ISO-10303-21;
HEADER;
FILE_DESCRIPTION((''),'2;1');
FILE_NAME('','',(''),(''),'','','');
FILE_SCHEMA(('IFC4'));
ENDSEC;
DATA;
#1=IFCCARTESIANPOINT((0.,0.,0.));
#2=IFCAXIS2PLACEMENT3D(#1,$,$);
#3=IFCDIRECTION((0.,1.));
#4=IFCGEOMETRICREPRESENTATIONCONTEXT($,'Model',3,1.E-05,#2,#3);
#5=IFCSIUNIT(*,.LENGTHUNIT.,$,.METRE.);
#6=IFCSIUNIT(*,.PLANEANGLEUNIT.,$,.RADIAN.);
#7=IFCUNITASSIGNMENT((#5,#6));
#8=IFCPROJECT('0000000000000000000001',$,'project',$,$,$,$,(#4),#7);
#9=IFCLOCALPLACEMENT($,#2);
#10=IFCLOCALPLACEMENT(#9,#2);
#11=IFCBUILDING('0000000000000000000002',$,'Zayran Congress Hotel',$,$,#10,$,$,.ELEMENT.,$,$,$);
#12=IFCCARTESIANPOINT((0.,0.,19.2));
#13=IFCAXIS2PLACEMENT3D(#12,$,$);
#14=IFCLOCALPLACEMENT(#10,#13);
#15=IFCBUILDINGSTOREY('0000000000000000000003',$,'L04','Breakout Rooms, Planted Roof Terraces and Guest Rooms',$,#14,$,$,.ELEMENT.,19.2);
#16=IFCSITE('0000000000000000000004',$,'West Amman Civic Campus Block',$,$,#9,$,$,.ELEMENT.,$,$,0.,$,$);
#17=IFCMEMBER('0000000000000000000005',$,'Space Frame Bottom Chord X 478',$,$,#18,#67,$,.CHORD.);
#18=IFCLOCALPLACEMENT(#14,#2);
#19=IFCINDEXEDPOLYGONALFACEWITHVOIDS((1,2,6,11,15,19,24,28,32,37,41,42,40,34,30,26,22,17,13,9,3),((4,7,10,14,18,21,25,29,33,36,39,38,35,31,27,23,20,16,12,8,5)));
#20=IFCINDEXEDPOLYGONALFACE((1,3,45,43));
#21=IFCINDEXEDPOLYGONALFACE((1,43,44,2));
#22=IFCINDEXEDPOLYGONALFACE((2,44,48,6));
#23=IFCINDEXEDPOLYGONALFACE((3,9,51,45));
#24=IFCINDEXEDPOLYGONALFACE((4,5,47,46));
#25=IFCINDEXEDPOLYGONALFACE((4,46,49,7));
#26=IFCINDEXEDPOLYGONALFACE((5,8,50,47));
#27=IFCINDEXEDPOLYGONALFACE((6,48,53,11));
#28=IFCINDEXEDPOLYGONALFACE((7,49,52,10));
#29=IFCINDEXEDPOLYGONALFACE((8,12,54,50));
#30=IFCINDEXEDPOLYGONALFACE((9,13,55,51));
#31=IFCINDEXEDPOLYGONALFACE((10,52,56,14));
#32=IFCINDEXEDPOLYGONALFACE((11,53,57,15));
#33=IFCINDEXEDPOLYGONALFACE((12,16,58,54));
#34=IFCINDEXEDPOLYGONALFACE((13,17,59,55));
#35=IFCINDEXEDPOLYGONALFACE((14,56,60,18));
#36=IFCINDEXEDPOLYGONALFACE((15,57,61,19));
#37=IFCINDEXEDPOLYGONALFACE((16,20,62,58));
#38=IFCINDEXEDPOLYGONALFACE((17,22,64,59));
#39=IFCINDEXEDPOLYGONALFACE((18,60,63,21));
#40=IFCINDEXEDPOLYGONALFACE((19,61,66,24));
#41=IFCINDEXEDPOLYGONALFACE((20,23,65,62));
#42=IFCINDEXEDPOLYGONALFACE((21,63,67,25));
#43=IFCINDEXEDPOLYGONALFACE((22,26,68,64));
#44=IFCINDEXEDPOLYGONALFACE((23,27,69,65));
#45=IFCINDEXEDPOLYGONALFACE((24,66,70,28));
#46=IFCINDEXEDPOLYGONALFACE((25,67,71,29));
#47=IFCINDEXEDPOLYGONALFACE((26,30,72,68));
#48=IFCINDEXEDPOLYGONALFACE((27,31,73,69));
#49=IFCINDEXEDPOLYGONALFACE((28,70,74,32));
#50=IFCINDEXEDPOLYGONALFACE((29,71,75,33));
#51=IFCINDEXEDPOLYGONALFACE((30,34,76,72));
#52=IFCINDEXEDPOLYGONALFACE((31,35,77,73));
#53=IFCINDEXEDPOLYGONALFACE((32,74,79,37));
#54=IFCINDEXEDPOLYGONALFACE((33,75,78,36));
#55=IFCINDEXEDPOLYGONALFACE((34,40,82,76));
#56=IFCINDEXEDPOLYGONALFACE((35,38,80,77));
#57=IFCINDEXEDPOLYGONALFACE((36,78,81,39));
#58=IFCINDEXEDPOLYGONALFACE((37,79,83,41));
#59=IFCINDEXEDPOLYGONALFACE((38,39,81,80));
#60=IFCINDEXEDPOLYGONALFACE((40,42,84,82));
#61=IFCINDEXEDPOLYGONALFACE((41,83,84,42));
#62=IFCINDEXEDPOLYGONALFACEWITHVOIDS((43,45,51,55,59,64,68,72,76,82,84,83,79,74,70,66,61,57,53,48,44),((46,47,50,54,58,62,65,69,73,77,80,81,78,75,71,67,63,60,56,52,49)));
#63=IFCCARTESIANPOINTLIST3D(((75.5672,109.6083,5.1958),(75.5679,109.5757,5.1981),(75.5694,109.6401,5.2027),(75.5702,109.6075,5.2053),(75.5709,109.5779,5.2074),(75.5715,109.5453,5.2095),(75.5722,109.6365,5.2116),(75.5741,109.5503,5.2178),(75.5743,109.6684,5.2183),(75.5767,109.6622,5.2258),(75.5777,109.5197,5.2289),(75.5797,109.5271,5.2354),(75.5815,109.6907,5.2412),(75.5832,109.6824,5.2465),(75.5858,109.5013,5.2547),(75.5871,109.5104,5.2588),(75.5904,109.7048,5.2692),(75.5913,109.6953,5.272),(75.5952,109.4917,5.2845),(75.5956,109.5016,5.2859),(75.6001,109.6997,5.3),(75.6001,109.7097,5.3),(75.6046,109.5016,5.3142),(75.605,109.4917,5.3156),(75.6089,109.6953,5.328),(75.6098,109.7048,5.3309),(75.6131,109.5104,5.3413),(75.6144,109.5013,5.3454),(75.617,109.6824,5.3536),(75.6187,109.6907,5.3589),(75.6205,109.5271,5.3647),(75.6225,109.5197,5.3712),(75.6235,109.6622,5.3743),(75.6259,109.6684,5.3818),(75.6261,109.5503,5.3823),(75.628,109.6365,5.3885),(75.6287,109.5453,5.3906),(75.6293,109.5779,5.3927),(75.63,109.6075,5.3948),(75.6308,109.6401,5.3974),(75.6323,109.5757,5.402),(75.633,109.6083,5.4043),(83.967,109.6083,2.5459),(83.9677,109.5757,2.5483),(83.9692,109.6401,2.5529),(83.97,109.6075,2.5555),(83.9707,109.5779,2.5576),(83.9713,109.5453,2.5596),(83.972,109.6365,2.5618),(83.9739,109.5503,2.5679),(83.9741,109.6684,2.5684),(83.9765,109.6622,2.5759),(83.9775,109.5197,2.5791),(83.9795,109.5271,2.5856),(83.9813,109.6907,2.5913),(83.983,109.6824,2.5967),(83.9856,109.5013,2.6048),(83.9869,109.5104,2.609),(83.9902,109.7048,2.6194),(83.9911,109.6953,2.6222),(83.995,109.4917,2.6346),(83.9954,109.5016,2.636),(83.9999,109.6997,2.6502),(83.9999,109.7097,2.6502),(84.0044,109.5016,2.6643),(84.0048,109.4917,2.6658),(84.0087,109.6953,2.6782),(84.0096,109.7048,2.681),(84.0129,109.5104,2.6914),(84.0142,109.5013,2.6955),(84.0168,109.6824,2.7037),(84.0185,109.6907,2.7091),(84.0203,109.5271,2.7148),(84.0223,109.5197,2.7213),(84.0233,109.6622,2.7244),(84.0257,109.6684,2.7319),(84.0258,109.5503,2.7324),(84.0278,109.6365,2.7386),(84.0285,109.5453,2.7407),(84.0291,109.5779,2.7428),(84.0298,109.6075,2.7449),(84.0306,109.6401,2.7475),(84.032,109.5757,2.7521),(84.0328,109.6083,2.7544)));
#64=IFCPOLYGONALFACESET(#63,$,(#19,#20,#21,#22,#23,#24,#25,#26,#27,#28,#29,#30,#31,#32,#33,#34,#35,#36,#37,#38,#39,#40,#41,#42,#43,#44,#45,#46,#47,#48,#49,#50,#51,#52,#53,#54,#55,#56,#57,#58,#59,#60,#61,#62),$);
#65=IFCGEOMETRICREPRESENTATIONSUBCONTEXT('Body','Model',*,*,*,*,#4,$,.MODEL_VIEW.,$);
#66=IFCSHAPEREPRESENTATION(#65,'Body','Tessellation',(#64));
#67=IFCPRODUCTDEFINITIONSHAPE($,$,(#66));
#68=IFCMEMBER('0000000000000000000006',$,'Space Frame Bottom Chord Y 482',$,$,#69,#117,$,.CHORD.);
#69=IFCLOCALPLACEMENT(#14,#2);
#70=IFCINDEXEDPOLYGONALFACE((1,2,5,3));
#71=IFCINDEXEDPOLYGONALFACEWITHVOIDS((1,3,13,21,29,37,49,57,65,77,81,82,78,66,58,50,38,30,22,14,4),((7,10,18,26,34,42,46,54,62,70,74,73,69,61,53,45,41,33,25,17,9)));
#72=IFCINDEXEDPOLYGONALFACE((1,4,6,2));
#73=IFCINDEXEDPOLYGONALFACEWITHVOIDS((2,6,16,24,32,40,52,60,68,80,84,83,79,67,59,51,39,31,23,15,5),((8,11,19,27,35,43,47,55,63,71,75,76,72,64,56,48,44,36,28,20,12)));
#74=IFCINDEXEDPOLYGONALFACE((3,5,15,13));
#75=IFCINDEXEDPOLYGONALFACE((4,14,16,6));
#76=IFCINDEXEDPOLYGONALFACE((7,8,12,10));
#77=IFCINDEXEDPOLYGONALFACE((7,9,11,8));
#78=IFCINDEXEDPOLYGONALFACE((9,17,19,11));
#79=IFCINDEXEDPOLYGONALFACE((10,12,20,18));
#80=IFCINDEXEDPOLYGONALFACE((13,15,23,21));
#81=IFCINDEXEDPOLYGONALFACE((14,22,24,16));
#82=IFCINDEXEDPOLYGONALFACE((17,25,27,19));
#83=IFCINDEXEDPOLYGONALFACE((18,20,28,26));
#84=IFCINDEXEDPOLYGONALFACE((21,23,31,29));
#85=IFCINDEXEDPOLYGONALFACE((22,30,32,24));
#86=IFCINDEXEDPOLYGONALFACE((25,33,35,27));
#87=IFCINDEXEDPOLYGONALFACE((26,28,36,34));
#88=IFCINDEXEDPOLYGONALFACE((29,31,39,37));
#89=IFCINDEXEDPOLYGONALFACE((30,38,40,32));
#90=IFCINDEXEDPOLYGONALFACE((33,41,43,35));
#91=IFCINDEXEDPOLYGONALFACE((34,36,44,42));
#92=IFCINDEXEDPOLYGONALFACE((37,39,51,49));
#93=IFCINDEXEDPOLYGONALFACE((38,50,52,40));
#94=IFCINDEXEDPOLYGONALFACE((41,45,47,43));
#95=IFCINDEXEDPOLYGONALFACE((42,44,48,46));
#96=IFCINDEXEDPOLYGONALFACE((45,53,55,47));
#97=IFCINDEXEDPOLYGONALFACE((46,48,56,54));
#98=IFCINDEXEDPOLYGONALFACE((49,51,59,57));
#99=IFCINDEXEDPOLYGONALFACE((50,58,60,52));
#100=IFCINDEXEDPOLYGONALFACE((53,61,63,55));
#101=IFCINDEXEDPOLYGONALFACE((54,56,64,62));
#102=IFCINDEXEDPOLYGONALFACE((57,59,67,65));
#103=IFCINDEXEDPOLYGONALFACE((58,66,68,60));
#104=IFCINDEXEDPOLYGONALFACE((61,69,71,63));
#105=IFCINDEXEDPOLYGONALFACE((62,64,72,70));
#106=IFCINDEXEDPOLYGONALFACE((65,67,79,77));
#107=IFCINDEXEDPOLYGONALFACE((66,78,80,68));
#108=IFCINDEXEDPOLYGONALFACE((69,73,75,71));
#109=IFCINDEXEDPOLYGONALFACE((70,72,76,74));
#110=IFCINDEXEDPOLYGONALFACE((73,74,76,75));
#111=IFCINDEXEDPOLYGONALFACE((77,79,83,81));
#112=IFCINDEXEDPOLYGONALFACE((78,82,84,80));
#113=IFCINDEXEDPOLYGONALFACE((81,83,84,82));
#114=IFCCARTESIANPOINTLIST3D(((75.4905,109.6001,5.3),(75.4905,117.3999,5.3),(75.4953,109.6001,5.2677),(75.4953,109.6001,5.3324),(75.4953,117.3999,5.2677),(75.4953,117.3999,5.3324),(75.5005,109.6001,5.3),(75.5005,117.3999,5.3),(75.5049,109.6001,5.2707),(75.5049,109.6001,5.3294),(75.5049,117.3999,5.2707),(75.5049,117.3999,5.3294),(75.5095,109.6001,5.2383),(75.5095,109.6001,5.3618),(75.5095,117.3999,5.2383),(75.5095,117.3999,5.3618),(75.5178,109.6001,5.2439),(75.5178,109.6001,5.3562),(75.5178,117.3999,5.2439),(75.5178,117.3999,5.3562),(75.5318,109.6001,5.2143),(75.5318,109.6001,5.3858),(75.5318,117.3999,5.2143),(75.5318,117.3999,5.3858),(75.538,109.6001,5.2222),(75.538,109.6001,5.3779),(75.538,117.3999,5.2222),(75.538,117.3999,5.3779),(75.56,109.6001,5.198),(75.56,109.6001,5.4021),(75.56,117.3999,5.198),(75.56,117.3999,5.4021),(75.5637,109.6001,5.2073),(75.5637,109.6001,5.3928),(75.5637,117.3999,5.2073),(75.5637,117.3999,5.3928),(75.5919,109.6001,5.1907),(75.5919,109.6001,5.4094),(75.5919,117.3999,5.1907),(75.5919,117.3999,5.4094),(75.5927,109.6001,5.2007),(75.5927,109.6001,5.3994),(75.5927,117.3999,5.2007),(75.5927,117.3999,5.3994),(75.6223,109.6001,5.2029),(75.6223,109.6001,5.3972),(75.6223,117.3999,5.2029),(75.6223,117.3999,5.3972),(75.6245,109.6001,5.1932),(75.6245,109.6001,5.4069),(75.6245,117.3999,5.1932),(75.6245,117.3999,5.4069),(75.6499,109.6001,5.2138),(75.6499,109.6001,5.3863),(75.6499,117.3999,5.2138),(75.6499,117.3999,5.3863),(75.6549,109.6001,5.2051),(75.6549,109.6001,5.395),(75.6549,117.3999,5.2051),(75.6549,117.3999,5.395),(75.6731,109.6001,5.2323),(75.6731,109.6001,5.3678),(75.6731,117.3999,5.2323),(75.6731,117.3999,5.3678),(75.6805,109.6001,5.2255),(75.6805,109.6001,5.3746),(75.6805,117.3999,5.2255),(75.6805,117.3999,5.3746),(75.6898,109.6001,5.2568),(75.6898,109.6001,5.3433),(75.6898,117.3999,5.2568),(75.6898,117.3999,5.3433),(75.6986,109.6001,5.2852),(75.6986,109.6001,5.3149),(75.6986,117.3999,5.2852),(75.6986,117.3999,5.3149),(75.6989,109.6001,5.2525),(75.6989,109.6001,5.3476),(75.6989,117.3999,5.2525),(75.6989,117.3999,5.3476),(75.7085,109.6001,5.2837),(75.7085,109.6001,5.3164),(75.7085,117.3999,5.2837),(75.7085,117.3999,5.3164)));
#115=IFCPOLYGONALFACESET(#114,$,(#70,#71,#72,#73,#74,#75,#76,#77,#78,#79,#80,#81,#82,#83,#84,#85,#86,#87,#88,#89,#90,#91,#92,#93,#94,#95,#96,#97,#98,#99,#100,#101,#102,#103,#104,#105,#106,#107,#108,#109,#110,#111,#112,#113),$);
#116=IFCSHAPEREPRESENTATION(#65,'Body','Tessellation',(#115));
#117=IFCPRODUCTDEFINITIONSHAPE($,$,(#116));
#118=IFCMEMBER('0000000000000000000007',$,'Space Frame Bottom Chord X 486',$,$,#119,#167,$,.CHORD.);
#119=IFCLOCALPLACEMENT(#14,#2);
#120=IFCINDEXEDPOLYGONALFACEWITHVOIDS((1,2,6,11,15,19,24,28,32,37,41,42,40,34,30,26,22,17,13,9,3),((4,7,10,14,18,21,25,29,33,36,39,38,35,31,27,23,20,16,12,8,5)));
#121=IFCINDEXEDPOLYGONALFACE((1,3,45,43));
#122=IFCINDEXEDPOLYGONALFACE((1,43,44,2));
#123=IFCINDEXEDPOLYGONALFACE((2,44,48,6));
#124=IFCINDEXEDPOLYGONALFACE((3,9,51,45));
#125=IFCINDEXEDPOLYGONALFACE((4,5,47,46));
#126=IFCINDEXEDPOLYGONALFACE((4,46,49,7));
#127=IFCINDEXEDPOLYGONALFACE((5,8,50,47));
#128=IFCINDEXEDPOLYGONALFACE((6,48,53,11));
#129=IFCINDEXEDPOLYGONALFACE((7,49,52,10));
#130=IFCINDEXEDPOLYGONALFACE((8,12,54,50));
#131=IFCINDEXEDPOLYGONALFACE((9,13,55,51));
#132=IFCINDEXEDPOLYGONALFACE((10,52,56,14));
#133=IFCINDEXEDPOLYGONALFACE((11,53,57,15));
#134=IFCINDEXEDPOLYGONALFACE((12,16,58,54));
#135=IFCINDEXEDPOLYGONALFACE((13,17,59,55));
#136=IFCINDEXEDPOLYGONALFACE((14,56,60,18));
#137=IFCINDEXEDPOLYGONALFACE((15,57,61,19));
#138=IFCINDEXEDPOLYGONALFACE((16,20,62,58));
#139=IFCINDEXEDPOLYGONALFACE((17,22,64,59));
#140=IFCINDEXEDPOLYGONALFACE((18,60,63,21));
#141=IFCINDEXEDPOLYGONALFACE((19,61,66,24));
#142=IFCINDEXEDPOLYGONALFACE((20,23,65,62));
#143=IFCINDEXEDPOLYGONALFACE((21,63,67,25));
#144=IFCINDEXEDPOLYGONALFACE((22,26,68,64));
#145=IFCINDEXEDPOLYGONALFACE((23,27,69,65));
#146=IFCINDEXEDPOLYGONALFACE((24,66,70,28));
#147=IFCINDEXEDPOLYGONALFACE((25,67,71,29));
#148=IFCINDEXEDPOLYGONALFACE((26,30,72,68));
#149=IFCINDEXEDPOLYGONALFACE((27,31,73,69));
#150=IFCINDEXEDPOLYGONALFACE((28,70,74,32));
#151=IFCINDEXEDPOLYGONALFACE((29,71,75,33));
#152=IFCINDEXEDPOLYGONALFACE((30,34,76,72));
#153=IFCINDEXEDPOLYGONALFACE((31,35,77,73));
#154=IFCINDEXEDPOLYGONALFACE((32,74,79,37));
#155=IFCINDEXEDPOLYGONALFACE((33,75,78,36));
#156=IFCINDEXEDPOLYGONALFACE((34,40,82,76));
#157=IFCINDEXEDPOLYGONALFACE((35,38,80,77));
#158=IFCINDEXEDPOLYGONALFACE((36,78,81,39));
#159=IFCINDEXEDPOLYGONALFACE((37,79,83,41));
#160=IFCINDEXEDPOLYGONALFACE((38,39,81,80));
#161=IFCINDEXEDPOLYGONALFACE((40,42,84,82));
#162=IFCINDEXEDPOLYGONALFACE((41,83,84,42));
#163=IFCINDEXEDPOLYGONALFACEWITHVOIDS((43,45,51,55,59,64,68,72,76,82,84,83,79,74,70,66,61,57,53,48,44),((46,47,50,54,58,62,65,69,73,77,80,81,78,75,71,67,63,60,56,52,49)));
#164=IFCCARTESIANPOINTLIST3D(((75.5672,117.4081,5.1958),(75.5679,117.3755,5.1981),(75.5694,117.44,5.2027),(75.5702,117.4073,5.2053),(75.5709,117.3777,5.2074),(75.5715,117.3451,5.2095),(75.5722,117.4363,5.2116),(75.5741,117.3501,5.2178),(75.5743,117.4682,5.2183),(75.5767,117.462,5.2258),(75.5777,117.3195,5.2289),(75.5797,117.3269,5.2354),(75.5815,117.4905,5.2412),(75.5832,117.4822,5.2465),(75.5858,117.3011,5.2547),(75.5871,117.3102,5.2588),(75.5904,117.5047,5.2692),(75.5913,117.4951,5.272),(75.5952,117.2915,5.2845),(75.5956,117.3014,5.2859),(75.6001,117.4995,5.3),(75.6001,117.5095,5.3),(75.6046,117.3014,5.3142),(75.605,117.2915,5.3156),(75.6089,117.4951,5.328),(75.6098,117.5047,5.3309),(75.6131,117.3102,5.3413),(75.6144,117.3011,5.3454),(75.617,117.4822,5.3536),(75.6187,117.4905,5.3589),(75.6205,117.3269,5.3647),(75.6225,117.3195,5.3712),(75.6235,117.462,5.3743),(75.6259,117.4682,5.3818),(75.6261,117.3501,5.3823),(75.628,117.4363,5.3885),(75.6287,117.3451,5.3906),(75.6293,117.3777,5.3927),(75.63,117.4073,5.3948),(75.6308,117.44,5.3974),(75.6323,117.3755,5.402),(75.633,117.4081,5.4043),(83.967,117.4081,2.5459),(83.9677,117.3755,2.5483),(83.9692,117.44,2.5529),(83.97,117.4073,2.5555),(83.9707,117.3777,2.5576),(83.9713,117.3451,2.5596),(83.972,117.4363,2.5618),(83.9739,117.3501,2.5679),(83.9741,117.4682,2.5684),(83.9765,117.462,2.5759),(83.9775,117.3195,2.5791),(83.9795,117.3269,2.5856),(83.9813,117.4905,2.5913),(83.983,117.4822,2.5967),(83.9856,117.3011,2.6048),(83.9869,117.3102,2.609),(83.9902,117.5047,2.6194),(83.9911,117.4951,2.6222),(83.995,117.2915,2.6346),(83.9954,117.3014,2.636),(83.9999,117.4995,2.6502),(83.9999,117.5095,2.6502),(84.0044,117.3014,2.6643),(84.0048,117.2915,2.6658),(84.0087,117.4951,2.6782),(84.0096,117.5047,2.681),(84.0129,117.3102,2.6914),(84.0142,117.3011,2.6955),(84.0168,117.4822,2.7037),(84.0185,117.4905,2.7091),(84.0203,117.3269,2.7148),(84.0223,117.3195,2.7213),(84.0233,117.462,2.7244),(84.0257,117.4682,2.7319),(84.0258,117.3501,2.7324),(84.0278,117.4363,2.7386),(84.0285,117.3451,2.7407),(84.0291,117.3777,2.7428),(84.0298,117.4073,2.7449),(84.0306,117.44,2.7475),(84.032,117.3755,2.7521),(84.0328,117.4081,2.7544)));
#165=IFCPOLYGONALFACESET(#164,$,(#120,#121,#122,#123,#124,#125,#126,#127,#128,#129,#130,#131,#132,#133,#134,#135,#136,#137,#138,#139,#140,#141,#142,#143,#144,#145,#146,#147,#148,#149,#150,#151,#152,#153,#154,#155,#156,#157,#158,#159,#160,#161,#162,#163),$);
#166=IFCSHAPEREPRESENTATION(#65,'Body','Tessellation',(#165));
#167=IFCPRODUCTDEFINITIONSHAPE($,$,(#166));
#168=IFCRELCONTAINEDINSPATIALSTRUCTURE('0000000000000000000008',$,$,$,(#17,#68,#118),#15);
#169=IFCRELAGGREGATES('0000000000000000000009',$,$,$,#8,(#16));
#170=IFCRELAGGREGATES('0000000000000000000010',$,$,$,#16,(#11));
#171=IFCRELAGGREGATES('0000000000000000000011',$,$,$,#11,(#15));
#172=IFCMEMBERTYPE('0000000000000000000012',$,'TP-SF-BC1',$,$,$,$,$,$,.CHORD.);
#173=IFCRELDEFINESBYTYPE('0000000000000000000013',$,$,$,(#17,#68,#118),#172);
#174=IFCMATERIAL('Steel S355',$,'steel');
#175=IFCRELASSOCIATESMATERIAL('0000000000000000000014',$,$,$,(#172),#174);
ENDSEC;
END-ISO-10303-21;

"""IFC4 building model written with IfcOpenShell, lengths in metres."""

from ifc_helpers import new_model, si_unit, direction, frame, origin, origin_2d, place, context, subcontext, project, spatial, hollow_circle, extrude, material, material_profile, profile_set, type_object, element, save


model = new_model("IFC4")

# Units and contexts
model_context = context("Model", 3, precision=1e-05, world=origin(), true_north=direction((0.0, 1.0)))
body_context = subcontext(model_context, "Body", "Model", "MODEL_VIEW")
ifc_project = project(units=[si_unit("LENGTHUNIT", "METRE"), si_unit("PLANEANGLEUNIT", "RADIAN")], contexts=[model_context])

# Site, building, storey
site_placement = place(None, origin())
site = spatial("IfcSite", under=ifc_project, at=site_placement, Name="West Amman Civic Campus Block", CompositionType="ELEMENT", RefElevation=0.0)
building_placement = place(site_placement, origin())
building = spatial("IfcBuilding", under=site, at=building_placement, Name="Zayran Congress Hotel", CompositionType="ELEMENT")
storey_placement = place(building_placement, frame((0.0, 0.0, 19.2)))
storey = spatial("IfcBuildingStorey", under=building, at=storey_placement, Name="L04", Description="Breakout Rooms, Planted Roof Terraces and Guest Rooms", CompositionType="ELEMENT", Elevation=19.2)

# Shared definitions
ifc_material_1 = material(Name="Steel S355", Category="steel")

# Members
ifc_material_profile_1 = material_profile(ifc_material_1, hollow_circle(Radius=0.1096, WallThickness=0.01, at=origin_2d()), Name="CHS 219.1x10")
ifc_profile_set_1 = profile_set([ifc_material_profile_1], Name="Steel S355")
member_type_1 = type_object("IfcMemberType", Name="TP-SF-BC1", PredefinedType="CHORD", material=ifc_profile_set_1)
member_1_placement = place(storey_placement, frame((75.6001, 109.6001, 5.3), z_axis=(0.953671, 0.0, -0.300853), x_axis=(0.0, 1.0, 0.0)))
element("IfcMember", 1, at=member_1_placement, inside=storey, type_object=member_type_1, Name="Space Frame Bottom Chord X 478", PredefinedType="CHORD", context=body_context, shape_type="SweptSolid", body=[
    extrude(hollow_circle(Radius=0.1096, WallThickness=0.01, at=origin_2d()), origin(), (0.0, 0.0, 1.0), 8.8079),
])
member_2_placement = place(storey_placement, frame((75.6001, 109.6001, 5.3), z_axis=(0.0, 1.0, 0.0), x_axis=(-1.0, 0.0, 0.0)))
element("IfcMember", 2, at=member_2_placement, inside=storey, type_object=member_type_1, Name="Space Frame Bottom Chord Y 482", PredefinedType="CHORD", context=body_context, shape_type="SweptSolid", body=[
    extrude(hollow_circle(Radius=0.1096, WallThickness=0.01, at=origin_2d()), origin(), (0.0, 0.0, 1.0), 7.7998),
])
member_3_placement = place(storey_placement, frame((75.6001, 117.3999, 5.3), z_axis=(0.953671, 0.0, -0.300853), x_axis=(0.0, 1.0, 0.0)))
element("IfcMember", 3, at=member_3_placement, inside=storey, type_object=member_type_1, Name="Space Frame Bottom Chord X 486", PredefinedType="CHORD", context=body_context, shape_type="SweptSolid", body=[
    extrude(hollow_circle(Radius=0.1096, WallThickness=0.01, at=origin_2d()), origin(), (0.0, 0.0, 1.0), 8.8079),
])

save(model, "model.ifc")
